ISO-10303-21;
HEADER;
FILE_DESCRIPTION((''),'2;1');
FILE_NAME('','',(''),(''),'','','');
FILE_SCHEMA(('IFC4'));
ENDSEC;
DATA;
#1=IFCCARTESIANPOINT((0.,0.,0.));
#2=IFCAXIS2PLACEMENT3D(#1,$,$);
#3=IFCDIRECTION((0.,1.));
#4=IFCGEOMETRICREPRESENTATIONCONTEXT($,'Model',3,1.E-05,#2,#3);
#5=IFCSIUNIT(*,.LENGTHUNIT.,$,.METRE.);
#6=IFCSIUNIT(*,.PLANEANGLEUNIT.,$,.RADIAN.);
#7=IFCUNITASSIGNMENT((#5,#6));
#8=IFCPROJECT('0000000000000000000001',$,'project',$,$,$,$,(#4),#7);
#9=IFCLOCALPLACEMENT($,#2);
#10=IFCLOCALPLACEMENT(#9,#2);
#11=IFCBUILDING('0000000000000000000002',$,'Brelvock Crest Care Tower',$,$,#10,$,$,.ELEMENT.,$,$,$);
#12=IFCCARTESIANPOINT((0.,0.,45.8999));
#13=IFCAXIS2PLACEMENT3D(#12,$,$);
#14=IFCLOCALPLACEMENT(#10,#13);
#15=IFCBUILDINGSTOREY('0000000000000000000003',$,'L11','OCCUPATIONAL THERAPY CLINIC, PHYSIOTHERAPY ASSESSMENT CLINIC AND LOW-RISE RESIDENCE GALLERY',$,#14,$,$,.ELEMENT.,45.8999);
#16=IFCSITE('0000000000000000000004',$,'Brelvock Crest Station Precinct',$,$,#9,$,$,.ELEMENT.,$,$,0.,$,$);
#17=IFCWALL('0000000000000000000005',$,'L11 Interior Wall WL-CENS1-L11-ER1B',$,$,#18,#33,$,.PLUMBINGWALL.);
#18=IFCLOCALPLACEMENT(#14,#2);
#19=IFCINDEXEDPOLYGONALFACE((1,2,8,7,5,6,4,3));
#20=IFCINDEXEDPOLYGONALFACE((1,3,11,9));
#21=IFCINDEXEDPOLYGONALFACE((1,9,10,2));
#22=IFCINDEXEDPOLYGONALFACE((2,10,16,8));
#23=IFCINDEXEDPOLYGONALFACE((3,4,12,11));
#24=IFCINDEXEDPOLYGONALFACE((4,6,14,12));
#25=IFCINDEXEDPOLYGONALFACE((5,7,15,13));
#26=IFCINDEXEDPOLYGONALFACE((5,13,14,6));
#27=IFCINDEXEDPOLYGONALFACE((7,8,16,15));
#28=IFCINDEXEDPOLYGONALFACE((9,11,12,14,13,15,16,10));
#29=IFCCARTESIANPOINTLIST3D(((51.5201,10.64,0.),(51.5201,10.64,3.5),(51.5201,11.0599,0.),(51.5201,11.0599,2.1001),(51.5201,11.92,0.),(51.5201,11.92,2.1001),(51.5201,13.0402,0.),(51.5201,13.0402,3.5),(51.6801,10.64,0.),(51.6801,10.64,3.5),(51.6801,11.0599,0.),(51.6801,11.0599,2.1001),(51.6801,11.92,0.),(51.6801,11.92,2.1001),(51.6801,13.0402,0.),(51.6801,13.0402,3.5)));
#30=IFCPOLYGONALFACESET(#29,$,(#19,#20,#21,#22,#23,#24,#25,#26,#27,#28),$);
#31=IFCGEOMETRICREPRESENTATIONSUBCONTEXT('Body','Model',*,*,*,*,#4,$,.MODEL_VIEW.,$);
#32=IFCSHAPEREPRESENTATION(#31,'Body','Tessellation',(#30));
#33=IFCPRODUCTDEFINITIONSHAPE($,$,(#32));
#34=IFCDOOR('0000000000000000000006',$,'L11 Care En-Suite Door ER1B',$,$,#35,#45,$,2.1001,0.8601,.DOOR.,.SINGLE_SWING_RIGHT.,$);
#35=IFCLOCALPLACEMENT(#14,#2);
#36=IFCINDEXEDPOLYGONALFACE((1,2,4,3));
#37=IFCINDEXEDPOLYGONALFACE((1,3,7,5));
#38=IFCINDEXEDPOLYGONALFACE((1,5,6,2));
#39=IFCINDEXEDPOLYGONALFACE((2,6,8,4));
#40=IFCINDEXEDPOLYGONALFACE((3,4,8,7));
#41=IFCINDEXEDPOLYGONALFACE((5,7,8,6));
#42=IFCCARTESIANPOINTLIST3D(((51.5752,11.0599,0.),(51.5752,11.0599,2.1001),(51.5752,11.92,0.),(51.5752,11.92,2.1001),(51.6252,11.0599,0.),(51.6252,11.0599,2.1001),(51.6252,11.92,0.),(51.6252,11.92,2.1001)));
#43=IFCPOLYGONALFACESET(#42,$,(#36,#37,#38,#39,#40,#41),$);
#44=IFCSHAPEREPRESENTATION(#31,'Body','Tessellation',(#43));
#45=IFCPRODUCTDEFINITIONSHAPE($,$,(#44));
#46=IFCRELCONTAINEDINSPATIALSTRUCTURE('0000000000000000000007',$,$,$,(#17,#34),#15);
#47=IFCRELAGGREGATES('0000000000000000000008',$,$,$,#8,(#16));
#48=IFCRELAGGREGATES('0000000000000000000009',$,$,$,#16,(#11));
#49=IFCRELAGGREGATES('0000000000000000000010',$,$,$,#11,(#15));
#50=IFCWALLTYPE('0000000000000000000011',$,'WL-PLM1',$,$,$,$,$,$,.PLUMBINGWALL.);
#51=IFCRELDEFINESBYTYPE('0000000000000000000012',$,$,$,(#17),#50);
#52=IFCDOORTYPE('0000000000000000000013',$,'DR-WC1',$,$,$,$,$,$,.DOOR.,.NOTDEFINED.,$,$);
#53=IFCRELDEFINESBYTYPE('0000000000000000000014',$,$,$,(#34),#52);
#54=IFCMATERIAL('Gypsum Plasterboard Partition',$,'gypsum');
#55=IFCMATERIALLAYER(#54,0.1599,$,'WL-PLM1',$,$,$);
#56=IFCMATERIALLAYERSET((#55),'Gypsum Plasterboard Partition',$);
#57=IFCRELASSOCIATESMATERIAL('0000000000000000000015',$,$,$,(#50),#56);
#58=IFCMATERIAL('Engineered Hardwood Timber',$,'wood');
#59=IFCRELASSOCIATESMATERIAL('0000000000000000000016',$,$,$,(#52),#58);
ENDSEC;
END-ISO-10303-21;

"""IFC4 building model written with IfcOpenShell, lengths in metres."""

from ifc_helpers import new_model, si_unit, direction, frame, frame_2d, origin, origin_2d, place, context, subcontext, project, spatial, rectangle, extrude, source, transform, mapped, material, layer, layer_set, type_object, element, fill, save


model = new_model("IFC4")

# Units and contexts
model_context = context("Model", 3, precision=1e-05, world=origin(), true_north=direction((0.0, 1.0)))
body_context = subcontext(model_context, "Body", "Model", "MODEL_VIEW")
ifc_project = project(units=[si_unit("LENGTHUNIT", "METRE"), si_unit("PLANEANGLEUNIT", "RADIAN")], contexts=[model_context])

# Site, building, storey
site_placement = place(None, origin())
site = spatial("IfcSite", under=ifc_project, at=site_placement, Name="Brelvock Crest Station Precinct", CompositionType="ELEMENT", RefElevation=0.0)
building_placement = place(site_placement, origin())
building = spatial("IfcBuilding", under=site, at=building_placement, Name="Brelvock Crest Care Tower", CompositionType="ELEMENT")
storey_placement = place(building_placement, frame((0.0, 0.0, 45.8999)))
storey = spatial("IfcBuildingStorey", under=building, at=storey_placement, Name="L11", Description="OCCUPATIONAL THERAPY CLINIC, PHYSIOTHERAPY ASSESSMENT CLINIC AND LOW-RISE RESIDENCE GALLERY", CompositionType="ELEMENT", Elevation=45.8999)

# Shared definitions
ifc_material_1 = material(Name="Engineered Hardwood Timber", Category="wood")

# Shared definitions
ifc_material_2 = material(Name="Gypsum Plasterboard Partition", Category="gypsum")
ifc_layer_1 = layer(ifc_material_2, 0.1599, Name="WL-PLM1")
ifc_layer_set_1 = layer_set([ifc_layer_1], Name="Gypsum Plasterboard Partition")
wall_type_1 = type_object("IfcWallType", Name="WL-PLM1", PredefinedType="PLUMBINGWALL", material=ifc_layer_set_1)

# Wall, opening, door
wall_1_placement = place(storey_placement, frame((51.6001, 10.6399, 0.0), z_axis=(0.0, 0.0, 1.0), x_axis=(0.0, 1.0, 0.0)))
wall_1 = element("IfcWall", 1, at=wall_1_placement, inside=storey, type_object=wall_type_1, Name="L11 Interior Wall WL-CENS1-L11-ER1B", PredefinedType="PLUMBINGWALL", context=body_context, shape_type="SweptSolid", body=[
    extrude(rectangle(XDim=2.4001, YDim=0.1599, at=frame_2d((1.2002, 0.0))), origin(), (0.0, 0.0, 1.0), 3.5),
])
opening_1_placement = place(wall_1_placement, frame((0.4199, 0.0, 0.0)))
opening_1 = element("IfcOpeningElement", 2, at=opening_1_placement, cuts=wall_1, PredefinedType="OPENING", context=body_context, shape_type="SweptSolid", body=[
    extrude(rectangle(XDim=0.8601, YDim=2.1001, at=origin_2d()), frame((0.4302, 0.0898, 1.05), z_axis=(0.0, -1.0, 0.0), x_axis=(1.0, 0.0, 0.0)), (0.0, 0.0, 1.0), 0.1799),
])
door_type_1 = type_object("IfcDoorType", Name="DR-WC1", OperationType="NOTDEFINED", PredefinedType="DOOR", material=ifc_material_1)
shared_shape_1 = source(origin(), body_context, "Body", "SweptSolid", [
    extrude(rectangle(XDim=0.8601, YDim=2.1001, at=origin_2d()), frame((0.4302, 0.0249, 1.05), z_axis=(0.0, -1.0, 0.0), x_axis=(1.0, 0.0, 0.0)), (0.0, 0.0, 1.0), 0.05),
])
door_1_placement = place(opening_1_placement, origin())
door_1 = element("IfcDoor", 3, at=door_1_placement, inside=storey, type_object=door_type_1, Name="L11 Care En-Suite Door ER1B", OperationType="SINGLE_SWING_RIGHT", OverallHeight=2.1001, OverallWidth=0.8601, PredefinedType="DOOR", context=body_context, shape_type="MappedRepresentation", body=[
    mapped(shared_shape_1, transform((0.0, 0.0, 0.0), x_axis=(1.0, 0.0, 0.0), y_axis=(0.0, 1.0, 0.0), z_axis=(0.0, 0.0, 1.0), scale=1.0)),
])
fill(opening_1, door_1)

save(model, "model.ifc")
